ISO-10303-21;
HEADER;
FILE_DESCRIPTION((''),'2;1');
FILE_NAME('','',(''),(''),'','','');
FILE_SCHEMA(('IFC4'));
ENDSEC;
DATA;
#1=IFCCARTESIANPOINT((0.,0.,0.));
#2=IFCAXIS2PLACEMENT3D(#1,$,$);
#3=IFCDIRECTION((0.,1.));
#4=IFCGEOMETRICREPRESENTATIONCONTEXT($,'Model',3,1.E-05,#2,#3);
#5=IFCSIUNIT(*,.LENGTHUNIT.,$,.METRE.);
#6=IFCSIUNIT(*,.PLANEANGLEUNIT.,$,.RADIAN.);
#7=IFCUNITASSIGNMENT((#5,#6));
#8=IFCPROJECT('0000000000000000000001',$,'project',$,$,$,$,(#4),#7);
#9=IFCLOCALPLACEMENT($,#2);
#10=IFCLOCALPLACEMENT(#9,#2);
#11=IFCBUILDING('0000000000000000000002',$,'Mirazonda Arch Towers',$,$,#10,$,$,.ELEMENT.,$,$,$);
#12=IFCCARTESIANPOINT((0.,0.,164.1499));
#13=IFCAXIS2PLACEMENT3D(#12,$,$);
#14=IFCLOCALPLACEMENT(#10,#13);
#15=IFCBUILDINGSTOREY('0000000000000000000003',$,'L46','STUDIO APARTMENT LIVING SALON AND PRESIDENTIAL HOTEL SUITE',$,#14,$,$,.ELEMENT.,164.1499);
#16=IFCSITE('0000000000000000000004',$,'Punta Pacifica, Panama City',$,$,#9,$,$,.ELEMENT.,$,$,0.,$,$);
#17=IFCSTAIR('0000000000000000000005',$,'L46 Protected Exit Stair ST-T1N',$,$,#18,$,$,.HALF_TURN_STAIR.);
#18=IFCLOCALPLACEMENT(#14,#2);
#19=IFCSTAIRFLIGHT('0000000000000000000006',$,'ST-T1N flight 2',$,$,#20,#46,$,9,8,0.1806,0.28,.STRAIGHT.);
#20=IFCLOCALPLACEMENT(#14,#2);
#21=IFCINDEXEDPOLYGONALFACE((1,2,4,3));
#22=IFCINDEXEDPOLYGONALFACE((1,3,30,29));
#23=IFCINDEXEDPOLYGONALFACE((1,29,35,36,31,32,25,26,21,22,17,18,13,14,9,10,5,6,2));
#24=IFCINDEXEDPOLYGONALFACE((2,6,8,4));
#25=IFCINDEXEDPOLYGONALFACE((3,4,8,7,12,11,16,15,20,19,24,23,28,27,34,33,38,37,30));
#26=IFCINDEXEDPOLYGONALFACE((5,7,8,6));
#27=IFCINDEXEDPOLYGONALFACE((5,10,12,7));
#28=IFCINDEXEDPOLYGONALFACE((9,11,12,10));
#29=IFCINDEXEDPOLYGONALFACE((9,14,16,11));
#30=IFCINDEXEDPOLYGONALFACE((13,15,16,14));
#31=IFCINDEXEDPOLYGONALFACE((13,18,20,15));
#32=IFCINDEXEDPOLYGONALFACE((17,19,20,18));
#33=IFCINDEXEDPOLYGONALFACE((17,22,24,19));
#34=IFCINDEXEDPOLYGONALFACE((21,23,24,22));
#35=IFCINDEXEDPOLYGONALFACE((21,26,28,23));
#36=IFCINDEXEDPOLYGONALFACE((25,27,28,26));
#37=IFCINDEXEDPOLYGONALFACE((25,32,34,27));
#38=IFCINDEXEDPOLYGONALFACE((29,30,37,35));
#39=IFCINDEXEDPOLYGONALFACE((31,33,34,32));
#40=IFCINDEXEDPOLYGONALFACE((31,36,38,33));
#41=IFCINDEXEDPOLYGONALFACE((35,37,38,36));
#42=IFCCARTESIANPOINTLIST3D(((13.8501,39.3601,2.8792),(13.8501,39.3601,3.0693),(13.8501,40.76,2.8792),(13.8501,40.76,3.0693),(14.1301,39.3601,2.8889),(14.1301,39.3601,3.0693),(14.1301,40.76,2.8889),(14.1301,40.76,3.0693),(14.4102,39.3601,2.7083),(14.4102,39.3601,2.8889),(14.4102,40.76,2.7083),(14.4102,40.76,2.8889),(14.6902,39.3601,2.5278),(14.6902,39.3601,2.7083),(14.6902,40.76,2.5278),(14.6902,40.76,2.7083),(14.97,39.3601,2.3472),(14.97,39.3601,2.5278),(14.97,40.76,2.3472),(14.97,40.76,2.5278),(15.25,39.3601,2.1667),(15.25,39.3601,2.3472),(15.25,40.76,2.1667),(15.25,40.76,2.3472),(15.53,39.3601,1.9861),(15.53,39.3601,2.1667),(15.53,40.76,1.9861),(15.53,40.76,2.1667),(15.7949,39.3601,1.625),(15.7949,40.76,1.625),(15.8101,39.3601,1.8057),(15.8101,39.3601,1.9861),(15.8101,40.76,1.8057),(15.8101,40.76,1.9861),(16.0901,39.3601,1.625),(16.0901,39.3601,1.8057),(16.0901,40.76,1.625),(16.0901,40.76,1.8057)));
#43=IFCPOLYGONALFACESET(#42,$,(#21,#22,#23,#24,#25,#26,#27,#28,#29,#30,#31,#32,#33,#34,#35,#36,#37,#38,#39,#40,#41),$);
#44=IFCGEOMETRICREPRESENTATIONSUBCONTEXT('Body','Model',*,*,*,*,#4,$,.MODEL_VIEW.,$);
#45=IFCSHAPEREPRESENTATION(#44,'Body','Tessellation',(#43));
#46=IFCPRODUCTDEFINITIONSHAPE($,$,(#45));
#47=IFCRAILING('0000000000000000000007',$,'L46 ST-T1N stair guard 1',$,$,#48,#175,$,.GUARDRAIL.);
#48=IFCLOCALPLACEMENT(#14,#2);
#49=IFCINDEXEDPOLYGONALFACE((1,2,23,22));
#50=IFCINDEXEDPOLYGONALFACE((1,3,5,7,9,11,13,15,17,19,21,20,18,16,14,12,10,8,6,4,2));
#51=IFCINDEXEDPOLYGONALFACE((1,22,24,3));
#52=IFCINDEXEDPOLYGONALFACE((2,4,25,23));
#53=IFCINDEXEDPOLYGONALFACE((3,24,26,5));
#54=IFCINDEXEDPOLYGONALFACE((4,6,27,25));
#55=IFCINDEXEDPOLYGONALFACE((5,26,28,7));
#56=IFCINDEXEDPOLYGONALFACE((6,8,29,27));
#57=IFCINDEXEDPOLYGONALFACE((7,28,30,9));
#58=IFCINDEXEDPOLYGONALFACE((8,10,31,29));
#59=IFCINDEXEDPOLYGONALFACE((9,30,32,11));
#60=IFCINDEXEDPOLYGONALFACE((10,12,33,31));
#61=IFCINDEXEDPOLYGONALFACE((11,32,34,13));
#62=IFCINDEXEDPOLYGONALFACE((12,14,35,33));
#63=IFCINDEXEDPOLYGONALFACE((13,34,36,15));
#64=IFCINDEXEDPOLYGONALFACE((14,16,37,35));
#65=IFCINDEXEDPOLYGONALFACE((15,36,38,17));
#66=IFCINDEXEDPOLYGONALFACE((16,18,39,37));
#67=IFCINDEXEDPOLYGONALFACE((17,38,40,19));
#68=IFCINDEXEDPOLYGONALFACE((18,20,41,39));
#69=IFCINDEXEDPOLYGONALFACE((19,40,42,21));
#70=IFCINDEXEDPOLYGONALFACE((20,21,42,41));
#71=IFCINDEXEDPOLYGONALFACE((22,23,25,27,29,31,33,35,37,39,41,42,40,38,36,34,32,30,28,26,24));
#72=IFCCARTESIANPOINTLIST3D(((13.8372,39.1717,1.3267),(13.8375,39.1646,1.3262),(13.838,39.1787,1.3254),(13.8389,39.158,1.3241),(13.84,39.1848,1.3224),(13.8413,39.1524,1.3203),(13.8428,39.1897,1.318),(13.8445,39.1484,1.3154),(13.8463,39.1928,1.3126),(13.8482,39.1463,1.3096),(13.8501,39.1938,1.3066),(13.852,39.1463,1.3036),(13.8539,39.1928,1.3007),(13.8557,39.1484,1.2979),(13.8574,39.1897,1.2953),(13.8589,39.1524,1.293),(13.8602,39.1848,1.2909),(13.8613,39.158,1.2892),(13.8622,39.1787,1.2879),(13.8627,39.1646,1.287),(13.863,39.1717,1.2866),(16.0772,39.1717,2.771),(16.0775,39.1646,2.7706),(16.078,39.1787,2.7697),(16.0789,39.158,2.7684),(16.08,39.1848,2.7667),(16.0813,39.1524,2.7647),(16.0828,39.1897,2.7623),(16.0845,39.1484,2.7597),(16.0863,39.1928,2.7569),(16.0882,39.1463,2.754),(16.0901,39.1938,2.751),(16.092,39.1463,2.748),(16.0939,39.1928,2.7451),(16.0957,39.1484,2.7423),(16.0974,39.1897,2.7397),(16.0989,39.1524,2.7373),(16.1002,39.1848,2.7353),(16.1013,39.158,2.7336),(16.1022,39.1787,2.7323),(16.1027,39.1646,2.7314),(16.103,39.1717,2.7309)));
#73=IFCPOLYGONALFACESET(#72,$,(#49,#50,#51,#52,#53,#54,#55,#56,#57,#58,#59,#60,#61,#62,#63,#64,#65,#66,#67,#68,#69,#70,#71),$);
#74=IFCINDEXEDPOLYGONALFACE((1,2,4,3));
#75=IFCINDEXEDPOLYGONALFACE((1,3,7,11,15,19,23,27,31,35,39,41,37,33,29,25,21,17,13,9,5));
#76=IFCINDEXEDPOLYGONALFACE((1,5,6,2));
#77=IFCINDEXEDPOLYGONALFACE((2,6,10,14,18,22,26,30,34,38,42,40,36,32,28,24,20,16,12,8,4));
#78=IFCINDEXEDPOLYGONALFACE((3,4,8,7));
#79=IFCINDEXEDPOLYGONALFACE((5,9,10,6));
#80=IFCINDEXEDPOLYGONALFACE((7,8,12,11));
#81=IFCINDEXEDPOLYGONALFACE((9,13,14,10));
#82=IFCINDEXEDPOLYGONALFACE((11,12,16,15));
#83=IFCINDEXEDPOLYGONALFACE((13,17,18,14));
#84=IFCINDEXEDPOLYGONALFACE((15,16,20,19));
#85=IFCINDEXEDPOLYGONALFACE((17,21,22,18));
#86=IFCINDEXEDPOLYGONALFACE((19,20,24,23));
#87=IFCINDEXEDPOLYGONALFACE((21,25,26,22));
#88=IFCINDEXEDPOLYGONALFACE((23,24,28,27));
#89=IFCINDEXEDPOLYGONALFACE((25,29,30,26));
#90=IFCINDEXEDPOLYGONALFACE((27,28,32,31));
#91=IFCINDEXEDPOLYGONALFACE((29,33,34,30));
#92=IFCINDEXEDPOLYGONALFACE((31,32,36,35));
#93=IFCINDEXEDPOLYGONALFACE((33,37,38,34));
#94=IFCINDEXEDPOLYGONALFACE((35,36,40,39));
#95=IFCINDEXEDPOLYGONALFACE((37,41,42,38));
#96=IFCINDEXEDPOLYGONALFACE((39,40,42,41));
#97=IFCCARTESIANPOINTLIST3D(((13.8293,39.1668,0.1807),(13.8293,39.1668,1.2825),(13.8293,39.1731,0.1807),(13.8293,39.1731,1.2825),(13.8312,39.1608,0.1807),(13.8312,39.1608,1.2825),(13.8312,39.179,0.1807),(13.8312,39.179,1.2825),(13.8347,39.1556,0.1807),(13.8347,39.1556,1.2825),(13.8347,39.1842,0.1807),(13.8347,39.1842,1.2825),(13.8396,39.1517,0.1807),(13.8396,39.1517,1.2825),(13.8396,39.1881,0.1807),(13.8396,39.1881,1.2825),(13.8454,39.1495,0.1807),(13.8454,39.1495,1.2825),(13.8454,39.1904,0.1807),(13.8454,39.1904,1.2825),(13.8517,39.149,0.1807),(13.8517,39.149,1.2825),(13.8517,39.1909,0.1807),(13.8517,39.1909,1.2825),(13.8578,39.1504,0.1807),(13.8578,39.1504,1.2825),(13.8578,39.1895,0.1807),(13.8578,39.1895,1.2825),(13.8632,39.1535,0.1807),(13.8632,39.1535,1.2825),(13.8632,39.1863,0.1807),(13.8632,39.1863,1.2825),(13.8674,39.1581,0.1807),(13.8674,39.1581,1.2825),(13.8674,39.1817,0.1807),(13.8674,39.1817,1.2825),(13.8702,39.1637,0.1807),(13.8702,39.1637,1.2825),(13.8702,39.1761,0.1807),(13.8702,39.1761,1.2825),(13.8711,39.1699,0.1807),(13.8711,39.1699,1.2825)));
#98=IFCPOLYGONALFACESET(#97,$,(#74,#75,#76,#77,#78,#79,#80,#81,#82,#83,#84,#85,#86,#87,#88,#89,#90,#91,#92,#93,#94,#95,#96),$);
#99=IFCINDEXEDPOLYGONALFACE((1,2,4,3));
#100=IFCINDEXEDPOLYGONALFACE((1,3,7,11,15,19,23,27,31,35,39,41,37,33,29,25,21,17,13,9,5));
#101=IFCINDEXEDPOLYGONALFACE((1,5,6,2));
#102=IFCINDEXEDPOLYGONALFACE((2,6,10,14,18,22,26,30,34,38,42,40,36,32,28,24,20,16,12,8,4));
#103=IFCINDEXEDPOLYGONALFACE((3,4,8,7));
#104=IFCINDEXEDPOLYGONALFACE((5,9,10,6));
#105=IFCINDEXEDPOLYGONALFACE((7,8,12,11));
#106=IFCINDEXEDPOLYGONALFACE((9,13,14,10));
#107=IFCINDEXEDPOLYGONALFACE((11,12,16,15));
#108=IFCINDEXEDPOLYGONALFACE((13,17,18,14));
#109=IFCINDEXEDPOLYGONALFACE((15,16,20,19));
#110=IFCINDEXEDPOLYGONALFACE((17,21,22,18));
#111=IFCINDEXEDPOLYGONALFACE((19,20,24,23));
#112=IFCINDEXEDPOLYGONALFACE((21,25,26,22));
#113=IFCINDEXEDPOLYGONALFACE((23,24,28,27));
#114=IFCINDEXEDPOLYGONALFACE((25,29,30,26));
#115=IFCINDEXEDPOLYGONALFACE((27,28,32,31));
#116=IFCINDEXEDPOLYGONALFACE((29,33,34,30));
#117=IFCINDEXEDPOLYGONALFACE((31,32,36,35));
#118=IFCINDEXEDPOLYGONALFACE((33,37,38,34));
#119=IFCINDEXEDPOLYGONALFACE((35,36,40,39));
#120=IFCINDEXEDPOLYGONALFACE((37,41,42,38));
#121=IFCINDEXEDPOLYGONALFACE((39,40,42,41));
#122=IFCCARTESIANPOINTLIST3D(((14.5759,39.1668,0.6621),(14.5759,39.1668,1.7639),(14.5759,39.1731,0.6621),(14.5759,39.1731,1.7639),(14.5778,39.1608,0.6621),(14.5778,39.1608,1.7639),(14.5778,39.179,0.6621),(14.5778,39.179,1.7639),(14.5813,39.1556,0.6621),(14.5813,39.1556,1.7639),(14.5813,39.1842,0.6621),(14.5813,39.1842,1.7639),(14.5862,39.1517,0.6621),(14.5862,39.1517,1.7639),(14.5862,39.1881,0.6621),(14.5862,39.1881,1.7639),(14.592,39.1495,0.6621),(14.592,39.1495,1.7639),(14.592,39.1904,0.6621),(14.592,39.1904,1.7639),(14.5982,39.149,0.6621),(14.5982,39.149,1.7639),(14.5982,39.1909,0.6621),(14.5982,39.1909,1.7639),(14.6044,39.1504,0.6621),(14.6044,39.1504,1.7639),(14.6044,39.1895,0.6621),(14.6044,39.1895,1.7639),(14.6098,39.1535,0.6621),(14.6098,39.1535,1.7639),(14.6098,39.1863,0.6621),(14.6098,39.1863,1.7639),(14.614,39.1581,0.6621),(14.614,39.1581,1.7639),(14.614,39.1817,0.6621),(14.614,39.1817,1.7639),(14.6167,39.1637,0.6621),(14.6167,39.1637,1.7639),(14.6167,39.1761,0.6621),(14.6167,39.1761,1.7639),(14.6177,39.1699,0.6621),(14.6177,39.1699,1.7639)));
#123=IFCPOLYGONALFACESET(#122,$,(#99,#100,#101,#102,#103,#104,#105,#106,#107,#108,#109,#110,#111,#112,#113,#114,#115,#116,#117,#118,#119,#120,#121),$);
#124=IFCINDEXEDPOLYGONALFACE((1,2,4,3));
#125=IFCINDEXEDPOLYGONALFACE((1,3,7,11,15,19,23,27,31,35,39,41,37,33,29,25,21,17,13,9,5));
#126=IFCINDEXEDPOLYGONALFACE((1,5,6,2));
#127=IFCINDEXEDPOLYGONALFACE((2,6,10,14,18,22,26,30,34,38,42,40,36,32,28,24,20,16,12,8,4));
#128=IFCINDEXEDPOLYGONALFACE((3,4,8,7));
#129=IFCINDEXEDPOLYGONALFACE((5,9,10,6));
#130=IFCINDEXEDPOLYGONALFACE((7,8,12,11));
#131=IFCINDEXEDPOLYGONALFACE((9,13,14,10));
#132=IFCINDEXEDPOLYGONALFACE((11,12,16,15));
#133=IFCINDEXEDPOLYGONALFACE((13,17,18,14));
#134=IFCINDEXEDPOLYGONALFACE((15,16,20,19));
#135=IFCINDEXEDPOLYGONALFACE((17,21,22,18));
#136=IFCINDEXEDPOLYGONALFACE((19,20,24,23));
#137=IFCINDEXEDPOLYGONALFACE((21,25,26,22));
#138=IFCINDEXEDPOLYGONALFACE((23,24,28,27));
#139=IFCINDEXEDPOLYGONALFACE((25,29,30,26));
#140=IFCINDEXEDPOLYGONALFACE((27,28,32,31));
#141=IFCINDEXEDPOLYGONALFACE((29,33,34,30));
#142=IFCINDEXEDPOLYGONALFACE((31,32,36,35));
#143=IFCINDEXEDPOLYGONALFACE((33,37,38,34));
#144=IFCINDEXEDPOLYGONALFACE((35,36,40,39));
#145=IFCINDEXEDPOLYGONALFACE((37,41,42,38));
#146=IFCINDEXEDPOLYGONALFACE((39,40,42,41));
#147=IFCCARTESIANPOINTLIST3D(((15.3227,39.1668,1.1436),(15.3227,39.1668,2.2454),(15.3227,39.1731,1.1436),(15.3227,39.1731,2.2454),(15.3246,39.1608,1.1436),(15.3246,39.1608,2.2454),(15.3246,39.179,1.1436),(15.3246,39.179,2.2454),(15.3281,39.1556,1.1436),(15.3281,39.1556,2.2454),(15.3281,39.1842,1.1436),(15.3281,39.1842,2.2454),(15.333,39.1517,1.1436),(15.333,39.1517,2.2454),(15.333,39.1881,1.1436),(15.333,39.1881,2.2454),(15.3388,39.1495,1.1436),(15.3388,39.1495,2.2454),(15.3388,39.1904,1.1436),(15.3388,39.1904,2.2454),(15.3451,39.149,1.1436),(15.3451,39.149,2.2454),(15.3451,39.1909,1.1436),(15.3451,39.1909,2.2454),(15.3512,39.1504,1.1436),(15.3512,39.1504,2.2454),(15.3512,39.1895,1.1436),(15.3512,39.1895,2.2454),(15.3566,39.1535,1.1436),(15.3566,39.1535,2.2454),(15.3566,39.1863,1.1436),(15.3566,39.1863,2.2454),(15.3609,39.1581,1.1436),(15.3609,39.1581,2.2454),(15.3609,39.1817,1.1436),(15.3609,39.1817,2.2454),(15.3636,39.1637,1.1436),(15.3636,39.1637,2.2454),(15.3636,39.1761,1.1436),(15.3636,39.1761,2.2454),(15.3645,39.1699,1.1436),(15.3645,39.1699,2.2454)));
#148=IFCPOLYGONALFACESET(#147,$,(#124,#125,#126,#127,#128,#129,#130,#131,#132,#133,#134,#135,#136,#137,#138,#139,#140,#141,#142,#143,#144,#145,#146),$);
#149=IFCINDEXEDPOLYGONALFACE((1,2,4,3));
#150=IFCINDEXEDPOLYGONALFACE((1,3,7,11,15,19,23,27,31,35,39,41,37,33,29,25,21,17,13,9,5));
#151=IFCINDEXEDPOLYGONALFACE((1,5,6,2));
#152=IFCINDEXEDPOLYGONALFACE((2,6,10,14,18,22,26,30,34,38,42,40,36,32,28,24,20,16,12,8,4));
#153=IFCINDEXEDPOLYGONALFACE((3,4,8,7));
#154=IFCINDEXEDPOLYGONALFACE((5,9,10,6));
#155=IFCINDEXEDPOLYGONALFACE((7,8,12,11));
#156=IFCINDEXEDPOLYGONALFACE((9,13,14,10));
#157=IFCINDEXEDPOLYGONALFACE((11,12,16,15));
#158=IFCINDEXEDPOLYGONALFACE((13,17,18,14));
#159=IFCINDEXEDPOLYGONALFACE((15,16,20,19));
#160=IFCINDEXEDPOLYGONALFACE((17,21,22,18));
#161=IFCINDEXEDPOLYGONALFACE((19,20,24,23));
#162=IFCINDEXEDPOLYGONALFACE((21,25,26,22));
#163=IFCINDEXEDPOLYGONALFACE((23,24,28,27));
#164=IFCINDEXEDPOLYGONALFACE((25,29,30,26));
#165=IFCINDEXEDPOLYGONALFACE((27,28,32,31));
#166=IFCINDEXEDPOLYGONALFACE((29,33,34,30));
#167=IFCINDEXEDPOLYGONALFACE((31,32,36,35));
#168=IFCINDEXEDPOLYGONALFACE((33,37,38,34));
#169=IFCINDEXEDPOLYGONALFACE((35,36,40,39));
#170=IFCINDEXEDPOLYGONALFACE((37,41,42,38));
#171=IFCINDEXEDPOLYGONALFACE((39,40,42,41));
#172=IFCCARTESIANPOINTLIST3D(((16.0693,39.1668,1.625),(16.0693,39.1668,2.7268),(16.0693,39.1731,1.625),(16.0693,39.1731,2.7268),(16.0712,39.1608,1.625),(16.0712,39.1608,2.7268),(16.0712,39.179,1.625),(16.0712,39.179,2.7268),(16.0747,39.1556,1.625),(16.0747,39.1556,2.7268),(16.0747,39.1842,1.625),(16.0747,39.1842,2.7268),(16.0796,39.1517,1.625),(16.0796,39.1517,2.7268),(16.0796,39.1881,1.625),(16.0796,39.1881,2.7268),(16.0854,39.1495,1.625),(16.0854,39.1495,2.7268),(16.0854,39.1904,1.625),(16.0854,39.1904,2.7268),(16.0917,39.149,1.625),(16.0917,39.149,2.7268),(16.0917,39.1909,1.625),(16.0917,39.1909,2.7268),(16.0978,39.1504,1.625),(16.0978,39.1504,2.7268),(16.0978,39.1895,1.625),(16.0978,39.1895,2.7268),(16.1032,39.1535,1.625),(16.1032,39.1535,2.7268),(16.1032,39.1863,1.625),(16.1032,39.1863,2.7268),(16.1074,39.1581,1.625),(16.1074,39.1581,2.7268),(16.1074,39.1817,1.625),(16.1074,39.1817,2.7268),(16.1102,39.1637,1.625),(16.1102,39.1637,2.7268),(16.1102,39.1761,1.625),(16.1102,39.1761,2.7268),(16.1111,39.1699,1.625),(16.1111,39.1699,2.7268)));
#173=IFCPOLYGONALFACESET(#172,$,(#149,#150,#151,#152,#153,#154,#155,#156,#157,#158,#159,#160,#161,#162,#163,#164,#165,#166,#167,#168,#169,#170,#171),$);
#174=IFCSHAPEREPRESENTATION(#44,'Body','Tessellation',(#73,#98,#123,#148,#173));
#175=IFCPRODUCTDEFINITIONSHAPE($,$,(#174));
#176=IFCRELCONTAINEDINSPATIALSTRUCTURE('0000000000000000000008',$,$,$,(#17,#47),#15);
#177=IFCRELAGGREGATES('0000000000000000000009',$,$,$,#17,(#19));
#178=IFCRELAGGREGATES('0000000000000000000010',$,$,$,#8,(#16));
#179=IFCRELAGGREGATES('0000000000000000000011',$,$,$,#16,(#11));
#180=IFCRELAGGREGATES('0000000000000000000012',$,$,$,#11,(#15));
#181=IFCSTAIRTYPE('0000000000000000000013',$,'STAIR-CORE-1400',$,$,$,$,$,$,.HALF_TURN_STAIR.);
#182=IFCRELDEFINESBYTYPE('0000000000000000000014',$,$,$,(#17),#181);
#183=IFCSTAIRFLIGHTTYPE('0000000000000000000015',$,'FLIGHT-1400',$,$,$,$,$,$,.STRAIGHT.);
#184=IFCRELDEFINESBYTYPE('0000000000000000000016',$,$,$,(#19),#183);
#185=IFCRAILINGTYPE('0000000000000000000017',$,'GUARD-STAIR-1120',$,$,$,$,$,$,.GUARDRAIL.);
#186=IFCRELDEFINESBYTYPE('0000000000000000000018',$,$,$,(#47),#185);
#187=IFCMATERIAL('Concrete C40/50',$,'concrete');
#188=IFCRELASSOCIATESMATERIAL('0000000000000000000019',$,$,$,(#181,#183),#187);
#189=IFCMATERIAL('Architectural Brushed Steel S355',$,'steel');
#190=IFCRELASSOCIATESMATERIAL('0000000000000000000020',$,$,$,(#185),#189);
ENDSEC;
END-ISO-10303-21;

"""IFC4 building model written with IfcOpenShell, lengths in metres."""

from ifc_helpers import new_model, si_unit, direction, frame, origin, origin_2d, place, context, subcontext, project, spatial, polyline, circle, outline, extrude, material, type_object, element, aggregate, save


model = new_model("IFC4")

# Units and contexts
model_context = context("Model", 3, precision=1e-05, world=origin(), true_north=direction((0.0, 1.0)))
body_context = subcontext(model_context, "Body", "Model", "MODEL_VIEW")
ifc_project = project(units=[si_unit("LENGTHUNIT", "METRE"), si_unit("PLANEANGLEUNIT", "RADIAN")], contexts=[model_context])

# Site, building, storey
site_placement = place(None, origin())
site = spatial("IfcSite", under=ifc_project, at=site_placement, Name="Punta Pacifica, Panama City", CompositionType="ELEMENT", RefElevation=0.0)
building_placement = place(site_placement, origin())
building = spatial("IfcBuilding", under=site, at=building_placement, Name="Mirazonda Arch Towers", CompositionType="ELEMENT")
storey_placement = place(building_placement, frame((0.0, 0.0, 164.1499)))
storey = spatial("IfcBuildingStorey", under=building, at=storey_placement, Name="L46", Description="STUDIO APARTMENT LIVING SALON AND PRESIDENTIAL HOTEL SUITE", CompositionType="ELEMENT", Elevation=164.1499)

# Shared definitions
ifc_material_1 = material(Name="Concrete C40/50", Category="concrete")
ifc_material_2 = material(Name="Architectural Brushed Steel S355", Category="steel")

# Stair, stair flight
stair_type = type_object("IfcStairType", Name="STAIR-CORE-1400", PredefinedType="HALF_TURN_STAIR", material=ifc_material_1)
stair_placement = place(storey_placement, origin())
stair = element("IfcStair", 1, at=stair_placement, inside=storey, type_object=stair_type, Name="L46 Protected Exit Stair ST-T1N", PredefinedType="HALF_TURN_STAIR")
stair_flight_type = type_object("IfcStairFlightType", Name="FLIGHT-1400", PredefinedType="STRAIGHT", material=ifc_material_1)
stair_flight_1_placement = place(storey_placement, frame((16.0901, 40.0601, 1.625), z_axis=(0.0, 0.0, 1.0), x_axis=(-1.0, 0.0, 0.0)))
stair_flight_1 = element("IfcStairFlight", 2, at=stair_flight_1_placement, type_object=stair_flight_type, Name="ST-T1N flight 2", NumberOfRisers=9, NumberOfTreads=8, PredefinedType="STRAIGHT", RiserHeight=0.1806, TreadLength=0.28, context=body_context, shape_type="SweptSolid", body=[
    extrude(outline(polyline([(0.0, 0.0), (0.0, 0.1807), (0.28, 0.1807), (0.28, 0.3611), (0.5601, 0.3611), (0.5601, 0.5417), (0.8401, 0.5417), (0.8401, 0.7222), (1.1201, 0.7222), (1.1201, 0.9028), (1.3999, 0.9028), (1.3999, 1.0833), (1.6799, 1.0833), (1.6799, 1.2639), (1.96, 1.2639), (1.96, 1.4443), (2.24, 1.4443), (2.24, 1.625), (2.24, 1.2542), (0.2952, 0.0), (0.0, 0.0)])), frame((0.0, 0.7, 0.0), z_axis=(0.0, -1.0, 0.0), x_axis=(1.0, 0.0, 0.0)), (0.0, 0.0, 1.0), 1.3999),
])
aggregate(stair, [stair_flight_1])

# Railing
railing_type_1 = type_object("IfcRailingType", Name="GUARD-STAIR-1120", PredefinedType="GUARDRAIL", material=ifc_material_2)
railing_1_placement = place(storey_placement, frame((13.8501, 39.1699, 0.1807)))
element("IfcRailing", 3, at=railing_1_placement, inside=storey, type_object=railing_type_1, Name="L46 ST-T1N stair guard 1", PredefinedType="GUARDRAIL", context=body_context, shape_type="SweptSolid", body=[
    extrude(circle(Radius=0.0239, at=origin_2d()), frame((0.0, 0.0, 1.126), z_axis=(0.840437, 0.0, 0.54191), x_axis=(0.0, 1.0, 0.0)), (0.0, 0.0, 1.0), 2.6653),
    extrude(circle(Radius=0.021, at=origin_2d()), origin(), (0.0, 0.0, 1.0), 1.1018),
    extrude(circle(Radius=0.021, at=origin_2d()), frame((0.7466, 0.0, 0.4814)), (0.0, 0.0, 1.0), 1.1018),
    extrude(circle(Radius=0.021, at=origin_2d()), frame((1.4934, 0.0, 0.9629)), (0.0, 0.0, 1.0), 1.1018),
    extrude(circle(Radius=0.021, at=origin_2d()), frame((2.24, 0.0, 1.4443)), (0.0, 0.0, 1.0), 1.1018),
])

save(model, "model.ifc")
